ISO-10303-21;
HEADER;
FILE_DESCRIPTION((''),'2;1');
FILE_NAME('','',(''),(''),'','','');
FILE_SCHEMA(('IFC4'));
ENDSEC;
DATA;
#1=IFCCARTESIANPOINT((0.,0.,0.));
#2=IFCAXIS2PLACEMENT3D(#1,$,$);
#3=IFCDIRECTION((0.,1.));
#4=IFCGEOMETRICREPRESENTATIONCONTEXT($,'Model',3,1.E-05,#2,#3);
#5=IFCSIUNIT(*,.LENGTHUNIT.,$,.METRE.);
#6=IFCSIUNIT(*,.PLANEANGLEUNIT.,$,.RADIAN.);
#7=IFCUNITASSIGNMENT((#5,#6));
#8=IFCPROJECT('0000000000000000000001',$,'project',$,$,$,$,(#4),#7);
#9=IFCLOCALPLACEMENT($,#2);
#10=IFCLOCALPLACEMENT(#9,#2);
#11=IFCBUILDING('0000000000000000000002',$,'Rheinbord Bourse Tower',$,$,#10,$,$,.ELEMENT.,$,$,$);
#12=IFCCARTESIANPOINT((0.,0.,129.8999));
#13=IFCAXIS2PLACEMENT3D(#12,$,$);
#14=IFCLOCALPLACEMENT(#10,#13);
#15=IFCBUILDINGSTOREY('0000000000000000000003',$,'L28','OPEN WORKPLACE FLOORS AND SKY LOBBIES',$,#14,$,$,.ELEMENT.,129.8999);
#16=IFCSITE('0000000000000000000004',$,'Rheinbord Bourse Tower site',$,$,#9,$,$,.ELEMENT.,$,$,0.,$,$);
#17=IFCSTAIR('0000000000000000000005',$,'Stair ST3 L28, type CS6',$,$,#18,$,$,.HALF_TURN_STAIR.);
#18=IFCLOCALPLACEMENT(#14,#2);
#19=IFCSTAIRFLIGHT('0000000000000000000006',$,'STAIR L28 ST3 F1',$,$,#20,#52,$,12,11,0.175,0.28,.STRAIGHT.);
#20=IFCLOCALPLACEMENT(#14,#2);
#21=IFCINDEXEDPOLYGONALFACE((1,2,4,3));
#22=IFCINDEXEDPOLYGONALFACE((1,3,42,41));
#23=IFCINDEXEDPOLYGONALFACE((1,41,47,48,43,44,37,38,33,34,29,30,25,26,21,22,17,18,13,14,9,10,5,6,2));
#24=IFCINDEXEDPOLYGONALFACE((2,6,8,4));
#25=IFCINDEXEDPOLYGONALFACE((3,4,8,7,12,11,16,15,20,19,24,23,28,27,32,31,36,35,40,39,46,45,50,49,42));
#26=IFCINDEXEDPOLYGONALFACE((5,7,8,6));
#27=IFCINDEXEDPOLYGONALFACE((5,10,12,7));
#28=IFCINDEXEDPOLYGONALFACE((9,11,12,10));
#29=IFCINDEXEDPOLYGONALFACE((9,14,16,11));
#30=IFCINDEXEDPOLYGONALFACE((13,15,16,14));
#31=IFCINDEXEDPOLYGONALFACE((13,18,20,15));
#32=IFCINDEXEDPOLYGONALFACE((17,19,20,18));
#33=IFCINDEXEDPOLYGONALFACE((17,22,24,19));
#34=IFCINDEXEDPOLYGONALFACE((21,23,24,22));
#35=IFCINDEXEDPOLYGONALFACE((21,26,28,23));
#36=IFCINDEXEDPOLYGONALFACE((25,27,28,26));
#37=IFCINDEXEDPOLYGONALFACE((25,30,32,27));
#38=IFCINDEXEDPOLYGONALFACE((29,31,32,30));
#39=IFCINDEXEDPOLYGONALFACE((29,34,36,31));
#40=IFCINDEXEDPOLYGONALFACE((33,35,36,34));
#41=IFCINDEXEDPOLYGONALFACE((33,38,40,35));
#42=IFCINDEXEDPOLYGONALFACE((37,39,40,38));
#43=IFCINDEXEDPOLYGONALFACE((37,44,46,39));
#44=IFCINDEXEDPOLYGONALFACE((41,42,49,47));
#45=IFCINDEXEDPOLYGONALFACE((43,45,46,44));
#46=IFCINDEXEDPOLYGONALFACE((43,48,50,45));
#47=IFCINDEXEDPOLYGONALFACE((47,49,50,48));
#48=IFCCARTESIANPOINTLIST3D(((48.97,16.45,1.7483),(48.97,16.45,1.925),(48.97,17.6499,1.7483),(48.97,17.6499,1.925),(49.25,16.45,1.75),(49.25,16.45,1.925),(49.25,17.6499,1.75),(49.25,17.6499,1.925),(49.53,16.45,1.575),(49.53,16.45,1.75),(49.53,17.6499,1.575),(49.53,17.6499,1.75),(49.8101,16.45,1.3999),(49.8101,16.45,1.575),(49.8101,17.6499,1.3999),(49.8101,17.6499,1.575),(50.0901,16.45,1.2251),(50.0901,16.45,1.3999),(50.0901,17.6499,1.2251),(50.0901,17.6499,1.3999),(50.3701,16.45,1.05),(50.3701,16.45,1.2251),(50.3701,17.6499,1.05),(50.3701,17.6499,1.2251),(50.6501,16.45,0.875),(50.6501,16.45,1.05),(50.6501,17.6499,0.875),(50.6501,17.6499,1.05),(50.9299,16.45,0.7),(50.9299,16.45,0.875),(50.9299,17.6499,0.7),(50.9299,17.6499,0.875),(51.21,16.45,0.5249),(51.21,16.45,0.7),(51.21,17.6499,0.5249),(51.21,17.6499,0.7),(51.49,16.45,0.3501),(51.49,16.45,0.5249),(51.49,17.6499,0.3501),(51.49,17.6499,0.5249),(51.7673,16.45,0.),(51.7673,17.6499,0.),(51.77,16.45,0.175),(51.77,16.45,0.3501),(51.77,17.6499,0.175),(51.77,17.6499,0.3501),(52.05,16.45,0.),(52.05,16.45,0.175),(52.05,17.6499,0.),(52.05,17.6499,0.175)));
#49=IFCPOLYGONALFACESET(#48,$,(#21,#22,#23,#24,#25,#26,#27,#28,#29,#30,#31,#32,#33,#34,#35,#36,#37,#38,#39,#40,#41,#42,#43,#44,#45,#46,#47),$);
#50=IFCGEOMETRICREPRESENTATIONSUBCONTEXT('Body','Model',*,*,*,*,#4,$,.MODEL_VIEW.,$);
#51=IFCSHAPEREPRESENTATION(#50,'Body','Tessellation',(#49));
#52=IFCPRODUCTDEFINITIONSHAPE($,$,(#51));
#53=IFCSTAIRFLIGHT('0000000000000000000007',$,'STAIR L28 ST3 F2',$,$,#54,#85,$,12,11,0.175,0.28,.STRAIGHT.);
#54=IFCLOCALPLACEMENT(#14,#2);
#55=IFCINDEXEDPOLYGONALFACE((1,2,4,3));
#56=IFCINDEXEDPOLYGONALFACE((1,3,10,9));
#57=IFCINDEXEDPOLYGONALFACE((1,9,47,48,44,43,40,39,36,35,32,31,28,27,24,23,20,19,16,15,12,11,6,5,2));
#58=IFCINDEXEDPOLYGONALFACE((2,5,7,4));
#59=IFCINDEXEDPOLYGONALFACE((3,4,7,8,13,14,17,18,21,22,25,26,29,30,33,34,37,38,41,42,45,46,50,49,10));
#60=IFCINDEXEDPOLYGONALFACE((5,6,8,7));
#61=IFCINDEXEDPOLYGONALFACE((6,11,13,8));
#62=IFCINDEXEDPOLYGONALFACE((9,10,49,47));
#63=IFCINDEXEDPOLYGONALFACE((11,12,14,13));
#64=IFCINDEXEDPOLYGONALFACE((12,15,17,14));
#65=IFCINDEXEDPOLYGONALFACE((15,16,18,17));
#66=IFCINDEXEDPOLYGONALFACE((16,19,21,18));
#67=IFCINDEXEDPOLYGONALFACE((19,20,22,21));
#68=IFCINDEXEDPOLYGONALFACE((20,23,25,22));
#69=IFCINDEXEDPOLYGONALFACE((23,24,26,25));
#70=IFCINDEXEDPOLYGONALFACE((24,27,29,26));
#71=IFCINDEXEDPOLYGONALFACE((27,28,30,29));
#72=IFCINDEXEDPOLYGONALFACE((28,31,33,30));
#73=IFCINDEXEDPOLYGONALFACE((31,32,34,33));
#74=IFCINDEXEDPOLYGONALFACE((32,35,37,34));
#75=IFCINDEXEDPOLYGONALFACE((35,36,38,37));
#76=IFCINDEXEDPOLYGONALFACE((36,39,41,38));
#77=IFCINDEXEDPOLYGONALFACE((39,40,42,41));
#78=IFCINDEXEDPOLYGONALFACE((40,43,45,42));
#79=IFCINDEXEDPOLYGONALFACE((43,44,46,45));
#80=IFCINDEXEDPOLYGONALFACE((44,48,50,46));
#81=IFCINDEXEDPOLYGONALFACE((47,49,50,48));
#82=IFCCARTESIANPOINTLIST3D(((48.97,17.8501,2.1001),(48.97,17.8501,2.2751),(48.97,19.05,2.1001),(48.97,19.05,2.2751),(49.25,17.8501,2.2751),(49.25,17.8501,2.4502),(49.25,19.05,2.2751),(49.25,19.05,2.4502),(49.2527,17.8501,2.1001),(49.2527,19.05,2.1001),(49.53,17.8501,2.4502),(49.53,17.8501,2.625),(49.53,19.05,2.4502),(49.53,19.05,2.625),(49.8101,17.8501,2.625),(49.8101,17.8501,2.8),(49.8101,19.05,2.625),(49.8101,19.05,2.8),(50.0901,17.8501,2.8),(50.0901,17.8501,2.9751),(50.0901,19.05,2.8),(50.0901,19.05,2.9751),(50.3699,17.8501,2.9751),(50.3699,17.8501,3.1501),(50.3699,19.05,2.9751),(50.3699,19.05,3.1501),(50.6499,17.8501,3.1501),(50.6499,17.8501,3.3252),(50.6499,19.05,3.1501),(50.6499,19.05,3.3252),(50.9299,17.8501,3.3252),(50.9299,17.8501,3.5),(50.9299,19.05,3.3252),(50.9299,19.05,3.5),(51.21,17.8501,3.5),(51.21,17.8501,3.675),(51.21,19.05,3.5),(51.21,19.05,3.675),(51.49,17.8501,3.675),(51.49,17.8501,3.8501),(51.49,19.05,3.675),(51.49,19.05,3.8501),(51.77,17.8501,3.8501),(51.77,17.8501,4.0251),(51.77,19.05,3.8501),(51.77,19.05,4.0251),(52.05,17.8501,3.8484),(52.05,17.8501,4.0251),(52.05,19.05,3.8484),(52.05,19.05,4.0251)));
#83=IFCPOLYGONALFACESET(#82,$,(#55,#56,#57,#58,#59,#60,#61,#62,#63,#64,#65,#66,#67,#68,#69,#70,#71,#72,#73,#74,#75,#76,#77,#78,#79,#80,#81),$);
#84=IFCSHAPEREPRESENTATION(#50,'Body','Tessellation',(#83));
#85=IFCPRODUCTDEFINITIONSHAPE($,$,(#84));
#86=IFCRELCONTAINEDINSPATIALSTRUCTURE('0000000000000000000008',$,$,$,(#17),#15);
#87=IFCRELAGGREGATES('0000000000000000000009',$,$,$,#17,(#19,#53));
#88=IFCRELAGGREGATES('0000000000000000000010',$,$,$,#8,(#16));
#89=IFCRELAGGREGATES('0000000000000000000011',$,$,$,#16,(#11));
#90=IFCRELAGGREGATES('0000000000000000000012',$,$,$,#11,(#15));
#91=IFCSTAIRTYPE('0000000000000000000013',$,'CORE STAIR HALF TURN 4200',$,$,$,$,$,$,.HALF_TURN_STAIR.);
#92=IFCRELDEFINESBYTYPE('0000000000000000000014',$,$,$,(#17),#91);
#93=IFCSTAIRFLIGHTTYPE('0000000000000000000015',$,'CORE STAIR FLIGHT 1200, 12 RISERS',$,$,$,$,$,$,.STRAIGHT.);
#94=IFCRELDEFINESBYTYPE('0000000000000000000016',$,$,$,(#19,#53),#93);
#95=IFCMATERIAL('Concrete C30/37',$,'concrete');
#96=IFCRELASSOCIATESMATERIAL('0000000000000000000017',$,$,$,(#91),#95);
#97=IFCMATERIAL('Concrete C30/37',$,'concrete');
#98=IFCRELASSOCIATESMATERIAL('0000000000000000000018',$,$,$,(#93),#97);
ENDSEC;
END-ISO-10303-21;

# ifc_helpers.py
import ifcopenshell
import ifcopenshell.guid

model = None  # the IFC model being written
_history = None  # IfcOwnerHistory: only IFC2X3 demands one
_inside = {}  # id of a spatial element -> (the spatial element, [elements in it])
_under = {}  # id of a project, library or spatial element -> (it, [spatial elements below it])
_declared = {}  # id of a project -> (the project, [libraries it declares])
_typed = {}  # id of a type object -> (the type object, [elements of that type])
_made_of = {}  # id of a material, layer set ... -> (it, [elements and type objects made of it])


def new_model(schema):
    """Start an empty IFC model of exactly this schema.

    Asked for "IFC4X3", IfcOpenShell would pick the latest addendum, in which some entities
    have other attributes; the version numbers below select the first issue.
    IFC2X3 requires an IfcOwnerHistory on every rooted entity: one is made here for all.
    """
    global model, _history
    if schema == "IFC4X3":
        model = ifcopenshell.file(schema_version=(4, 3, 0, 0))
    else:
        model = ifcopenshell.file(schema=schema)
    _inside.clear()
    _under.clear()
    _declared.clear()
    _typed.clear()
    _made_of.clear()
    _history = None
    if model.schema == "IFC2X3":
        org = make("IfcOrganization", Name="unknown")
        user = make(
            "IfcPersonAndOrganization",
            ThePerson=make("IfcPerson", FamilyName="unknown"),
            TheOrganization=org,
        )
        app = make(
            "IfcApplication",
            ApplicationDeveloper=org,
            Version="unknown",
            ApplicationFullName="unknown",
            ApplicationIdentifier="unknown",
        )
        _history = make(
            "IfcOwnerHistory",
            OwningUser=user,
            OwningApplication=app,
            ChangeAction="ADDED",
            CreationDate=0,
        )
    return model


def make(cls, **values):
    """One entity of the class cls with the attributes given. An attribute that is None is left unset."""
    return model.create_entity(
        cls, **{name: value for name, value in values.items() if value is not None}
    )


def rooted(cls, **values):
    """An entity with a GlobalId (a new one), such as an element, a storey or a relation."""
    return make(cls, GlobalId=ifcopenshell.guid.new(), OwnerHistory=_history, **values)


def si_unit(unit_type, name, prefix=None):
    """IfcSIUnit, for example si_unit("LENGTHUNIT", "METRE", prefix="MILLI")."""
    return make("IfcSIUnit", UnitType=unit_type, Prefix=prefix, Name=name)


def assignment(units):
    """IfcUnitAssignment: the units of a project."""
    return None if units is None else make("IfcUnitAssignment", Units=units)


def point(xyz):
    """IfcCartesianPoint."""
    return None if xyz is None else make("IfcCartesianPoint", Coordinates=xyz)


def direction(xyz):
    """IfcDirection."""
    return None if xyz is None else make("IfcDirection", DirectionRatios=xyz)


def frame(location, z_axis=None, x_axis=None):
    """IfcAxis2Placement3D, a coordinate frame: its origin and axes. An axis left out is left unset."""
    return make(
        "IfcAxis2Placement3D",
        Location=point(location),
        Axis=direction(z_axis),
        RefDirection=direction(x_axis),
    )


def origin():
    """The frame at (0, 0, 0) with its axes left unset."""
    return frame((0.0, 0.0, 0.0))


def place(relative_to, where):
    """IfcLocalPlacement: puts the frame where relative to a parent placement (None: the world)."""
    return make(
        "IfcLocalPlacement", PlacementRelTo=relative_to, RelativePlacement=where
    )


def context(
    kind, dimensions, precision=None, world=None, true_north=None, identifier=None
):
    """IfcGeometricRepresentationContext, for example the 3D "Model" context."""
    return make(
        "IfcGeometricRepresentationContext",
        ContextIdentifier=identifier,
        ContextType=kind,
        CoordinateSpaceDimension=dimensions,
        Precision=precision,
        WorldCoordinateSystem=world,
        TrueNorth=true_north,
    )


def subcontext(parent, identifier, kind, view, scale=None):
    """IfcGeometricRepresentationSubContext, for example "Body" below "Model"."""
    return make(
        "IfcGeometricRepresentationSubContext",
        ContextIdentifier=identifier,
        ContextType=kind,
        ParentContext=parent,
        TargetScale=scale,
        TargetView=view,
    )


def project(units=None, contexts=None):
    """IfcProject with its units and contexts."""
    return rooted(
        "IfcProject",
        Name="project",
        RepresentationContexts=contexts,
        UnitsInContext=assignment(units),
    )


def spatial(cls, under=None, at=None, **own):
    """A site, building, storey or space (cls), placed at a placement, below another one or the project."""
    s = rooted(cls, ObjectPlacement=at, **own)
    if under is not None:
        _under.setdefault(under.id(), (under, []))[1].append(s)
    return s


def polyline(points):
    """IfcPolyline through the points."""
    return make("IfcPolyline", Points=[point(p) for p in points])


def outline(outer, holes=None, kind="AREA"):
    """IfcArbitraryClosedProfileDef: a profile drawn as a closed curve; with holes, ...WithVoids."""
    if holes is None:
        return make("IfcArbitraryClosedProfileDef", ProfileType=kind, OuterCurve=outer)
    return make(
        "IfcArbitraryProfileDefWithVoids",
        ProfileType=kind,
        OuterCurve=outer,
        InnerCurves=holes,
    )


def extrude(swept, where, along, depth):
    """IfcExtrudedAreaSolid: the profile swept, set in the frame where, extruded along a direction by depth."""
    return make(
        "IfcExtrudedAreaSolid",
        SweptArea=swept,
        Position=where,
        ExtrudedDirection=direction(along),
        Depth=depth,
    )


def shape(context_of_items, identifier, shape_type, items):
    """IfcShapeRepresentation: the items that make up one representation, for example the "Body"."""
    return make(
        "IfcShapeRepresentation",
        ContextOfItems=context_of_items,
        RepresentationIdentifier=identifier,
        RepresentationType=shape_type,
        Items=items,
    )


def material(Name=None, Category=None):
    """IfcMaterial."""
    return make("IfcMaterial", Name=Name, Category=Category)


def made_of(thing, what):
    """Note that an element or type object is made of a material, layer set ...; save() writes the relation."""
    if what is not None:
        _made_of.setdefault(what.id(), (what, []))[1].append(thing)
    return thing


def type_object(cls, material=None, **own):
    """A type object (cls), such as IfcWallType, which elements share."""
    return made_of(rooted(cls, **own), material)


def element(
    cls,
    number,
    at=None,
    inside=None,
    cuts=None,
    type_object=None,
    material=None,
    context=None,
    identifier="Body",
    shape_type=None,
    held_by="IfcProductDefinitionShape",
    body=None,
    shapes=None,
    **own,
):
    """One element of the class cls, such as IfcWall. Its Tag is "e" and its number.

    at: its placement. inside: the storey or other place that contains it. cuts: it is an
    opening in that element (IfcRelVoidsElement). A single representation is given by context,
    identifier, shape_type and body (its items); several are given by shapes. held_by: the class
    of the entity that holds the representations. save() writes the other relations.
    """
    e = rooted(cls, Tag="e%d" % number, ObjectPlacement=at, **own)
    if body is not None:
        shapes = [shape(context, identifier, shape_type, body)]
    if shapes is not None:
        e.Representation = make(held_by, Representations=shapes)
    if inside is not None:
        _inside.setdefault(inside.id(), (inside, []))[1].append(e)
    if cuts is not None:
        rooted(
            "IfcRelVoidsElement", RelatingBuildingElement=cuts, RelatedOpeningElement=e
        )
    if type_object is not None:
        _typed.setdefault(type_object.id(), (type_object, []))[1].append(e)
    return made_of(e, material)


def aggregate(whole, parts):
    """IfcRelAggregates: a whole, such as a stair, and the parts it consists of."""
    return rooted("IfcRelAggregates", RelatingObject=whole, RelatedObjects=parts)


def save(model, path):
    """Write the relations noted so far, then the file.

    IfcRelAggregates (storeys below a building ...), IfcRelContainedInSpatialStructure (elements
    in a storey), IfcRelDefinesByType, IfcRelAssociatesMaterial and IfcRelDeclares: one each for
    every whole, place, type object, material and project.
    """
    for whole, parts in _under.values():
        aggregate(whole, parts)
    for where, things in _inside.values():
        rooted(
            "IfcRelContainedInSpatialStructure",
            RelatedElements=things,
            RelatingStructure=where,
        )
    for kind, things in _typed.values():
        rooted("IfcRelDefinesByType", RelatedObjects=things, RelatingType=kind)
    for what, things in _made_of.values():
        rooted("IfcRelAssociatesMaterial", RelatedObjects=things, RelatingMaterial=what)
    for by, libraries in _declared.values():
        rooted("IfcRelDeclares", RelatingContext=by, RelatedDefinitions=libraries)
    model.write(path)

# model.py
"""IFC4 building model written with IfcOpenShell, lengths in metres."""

from ifc_helpers import new_model, si_unit, direction, frame, origin, place, context, subcontext, project, spatial, polyline, outline, extrude, material, type_object, element, aggregate, save


model = new_model("IFC4")

# Units and contexts
model_context = context("Model", 3, precision=1e-05, world=origin(), true_north=direction((0.0, 1.0)))
body_context = subcontext(model_context, "Body", "Model", "MODEL_VIEW")
ifc_project = project(units=[si_unit("LENGTHUNIT", "METRE"), si_unit("PLANEANGLEUNIT", "RADIAN")], contexts=[model_context])

# Site, building, storey
site_placement = place(None, origin())
site = spatial("IfcSite", under=ifc_project, at=site_placement, Name="Rheinbord Bourse Tower site", CompositionType="ELEMENT", RefElevation=0.0)
building_placement = place(site_placement, origin())
building = spatial("IfcBuilding", under=site, at=building_placement, Name="Rheinbord Bourse Tower", CompositionType="ELEMENT")
storey_placement = place(building_placement, frame((0.0, 0.0, 129.8999)))
storey = spatial("IfcBuildingStorey", under=building, at=storey_placement, Name="L28", Description="OPEN WORKPLACE FLOORS AND SKY LOBBIES", CompositionType="ELEMENT", Elevation=129.8999)

# Stair, stair flights
ifc_material_1 = material(Name="Concrete C30/37", Category="concrete")
stair_type = type_object("IfcStairType", Name="CORE STAIR HALF TURN 4200", PredefinedType="HALF_TURN_STAIR", material=ifc_material_1)
stair_placement = place(storey_placement, origin())
stair = element("IfcStair", 1, at=stair_placement, inside=storey, type_object=stair_type, Name="Stair ST3 L28, type CS6", PredefinedType="HALF_TURN_STAIR")
ifc_material_2 = material(Name="Concrete C30/37", Category="concrete")
stair_flight_type = type_object("IfcStairFlightType", Name="CORE STAIR FLIGHT 1200, 12 RISERS", PredefinedType="STRAIGHT", material=ifc_material_2)
stair_flight_1_placement = place(storey_placement, frame((52.05, 17.05, 0.0), z_axis=(0.0, 0.0, 1.0), x_axis=(-1.0, 0.0, 0.0)))
stair_flight_1 = element("IfcStairFlight", 2, at=stair_flight_1_placement, type_object=stair_flight_type, Name="STAIR L28 ST3 F1", NumberOfRisers=12, NumberOfTreads=11, PredefinedType="STRAIGHT", RiserHeight=0.175, TreadLength=0.28, context=body_context, shape_type="SweptSolid", body=[
    extrude(outline(polyline([(0.0, 0.0), (0.0, 0.175), (0.28, 0.175), (0.28, 0.3501), (0.5601, 0.3501), (0.5601, 0.5249), (0.8401, 0.5249), (0.8401, 0.7), (1.1201, 0.7), (1.1201, 0.875), (1.3999, 0.875), (1.3999, 1.05), (1.6799, 1.05), (1.6799, 1.2251), (1.96, 1.2251), (1.96, 1.3999), (2.24, 1.3999), (2.24, 1.575), (2.52, 1.575), (2.52, 1.75), (2.8, 1.75), (2.8, 1.925), (3.0801, 1.925), (3.0801, 2.1001), (3.0801, 1.7483), (0.2827, 0.0), (0.0, 0.0)])), frame((0.0, 0.6001, 0.0), z_axis=(0.0, -1.0, 0.0), x_axis=(1.0, 0.0, 0.0)), (0.0, 0.0, 1.0), 1.2),
])
stair_flight_2_placement = place(storey_placement, frame((48.97, 18.45, 2.1001), z_axis=(0.0, 0.0, 1.0), x_axis=(1.0, 0.0, 0.0)))
stair_flight_2 = element("IfcStairFlight", 3, at=stair_flight_2_placement, type_object=stair_flight_type, Name="STAIR L28 ST3 F2", NumberOfRisers=12, NumberOfTreads=11, PredefinedType="STRAIGHT", RiserHeight=0.175, TreadLength=0.28, context=body_context, shape_type="SweptSolid", body=[
    extrude(outline(polyline([(0.0, 0.0), (0.0, 0.175), (0.28, 0.175), (0.28, 0.3501), (0.5601, 0.3501), (0.5601, 0.5249), (0.8401, 0.5249), (0.8401, 0.7), (1.1201, 0.7), (1.1201, 0.875), (1.3999, 0.875), (1.3999, 1.05), (1.6799, 1.05), (1.6799, 1.2251), (1.96, 1.2251), (1.96, 1.3999), (2.24, 1.3999), (2.24, 1.575), (2.52, 1.575), (2.52, 1.75), (2.8, 1.75), (2.8, 1.925), (3.0801, 1.925), (3.0801, 2.1001), (3.0801, 1.7483), (0.2827, 0.0), (0.0, 0.0)])), frame((0.0, 0.6001, 0.0), z_axis=(0.0, -1.0, 0.0), x_axis=(1.0, 0.0, 0.0)), (0.0, 0.0, 1.0), 1.2),
])
aggregate(stair, [stair_flight_1, stair_flight_2])

save(model, "model.ifc")
